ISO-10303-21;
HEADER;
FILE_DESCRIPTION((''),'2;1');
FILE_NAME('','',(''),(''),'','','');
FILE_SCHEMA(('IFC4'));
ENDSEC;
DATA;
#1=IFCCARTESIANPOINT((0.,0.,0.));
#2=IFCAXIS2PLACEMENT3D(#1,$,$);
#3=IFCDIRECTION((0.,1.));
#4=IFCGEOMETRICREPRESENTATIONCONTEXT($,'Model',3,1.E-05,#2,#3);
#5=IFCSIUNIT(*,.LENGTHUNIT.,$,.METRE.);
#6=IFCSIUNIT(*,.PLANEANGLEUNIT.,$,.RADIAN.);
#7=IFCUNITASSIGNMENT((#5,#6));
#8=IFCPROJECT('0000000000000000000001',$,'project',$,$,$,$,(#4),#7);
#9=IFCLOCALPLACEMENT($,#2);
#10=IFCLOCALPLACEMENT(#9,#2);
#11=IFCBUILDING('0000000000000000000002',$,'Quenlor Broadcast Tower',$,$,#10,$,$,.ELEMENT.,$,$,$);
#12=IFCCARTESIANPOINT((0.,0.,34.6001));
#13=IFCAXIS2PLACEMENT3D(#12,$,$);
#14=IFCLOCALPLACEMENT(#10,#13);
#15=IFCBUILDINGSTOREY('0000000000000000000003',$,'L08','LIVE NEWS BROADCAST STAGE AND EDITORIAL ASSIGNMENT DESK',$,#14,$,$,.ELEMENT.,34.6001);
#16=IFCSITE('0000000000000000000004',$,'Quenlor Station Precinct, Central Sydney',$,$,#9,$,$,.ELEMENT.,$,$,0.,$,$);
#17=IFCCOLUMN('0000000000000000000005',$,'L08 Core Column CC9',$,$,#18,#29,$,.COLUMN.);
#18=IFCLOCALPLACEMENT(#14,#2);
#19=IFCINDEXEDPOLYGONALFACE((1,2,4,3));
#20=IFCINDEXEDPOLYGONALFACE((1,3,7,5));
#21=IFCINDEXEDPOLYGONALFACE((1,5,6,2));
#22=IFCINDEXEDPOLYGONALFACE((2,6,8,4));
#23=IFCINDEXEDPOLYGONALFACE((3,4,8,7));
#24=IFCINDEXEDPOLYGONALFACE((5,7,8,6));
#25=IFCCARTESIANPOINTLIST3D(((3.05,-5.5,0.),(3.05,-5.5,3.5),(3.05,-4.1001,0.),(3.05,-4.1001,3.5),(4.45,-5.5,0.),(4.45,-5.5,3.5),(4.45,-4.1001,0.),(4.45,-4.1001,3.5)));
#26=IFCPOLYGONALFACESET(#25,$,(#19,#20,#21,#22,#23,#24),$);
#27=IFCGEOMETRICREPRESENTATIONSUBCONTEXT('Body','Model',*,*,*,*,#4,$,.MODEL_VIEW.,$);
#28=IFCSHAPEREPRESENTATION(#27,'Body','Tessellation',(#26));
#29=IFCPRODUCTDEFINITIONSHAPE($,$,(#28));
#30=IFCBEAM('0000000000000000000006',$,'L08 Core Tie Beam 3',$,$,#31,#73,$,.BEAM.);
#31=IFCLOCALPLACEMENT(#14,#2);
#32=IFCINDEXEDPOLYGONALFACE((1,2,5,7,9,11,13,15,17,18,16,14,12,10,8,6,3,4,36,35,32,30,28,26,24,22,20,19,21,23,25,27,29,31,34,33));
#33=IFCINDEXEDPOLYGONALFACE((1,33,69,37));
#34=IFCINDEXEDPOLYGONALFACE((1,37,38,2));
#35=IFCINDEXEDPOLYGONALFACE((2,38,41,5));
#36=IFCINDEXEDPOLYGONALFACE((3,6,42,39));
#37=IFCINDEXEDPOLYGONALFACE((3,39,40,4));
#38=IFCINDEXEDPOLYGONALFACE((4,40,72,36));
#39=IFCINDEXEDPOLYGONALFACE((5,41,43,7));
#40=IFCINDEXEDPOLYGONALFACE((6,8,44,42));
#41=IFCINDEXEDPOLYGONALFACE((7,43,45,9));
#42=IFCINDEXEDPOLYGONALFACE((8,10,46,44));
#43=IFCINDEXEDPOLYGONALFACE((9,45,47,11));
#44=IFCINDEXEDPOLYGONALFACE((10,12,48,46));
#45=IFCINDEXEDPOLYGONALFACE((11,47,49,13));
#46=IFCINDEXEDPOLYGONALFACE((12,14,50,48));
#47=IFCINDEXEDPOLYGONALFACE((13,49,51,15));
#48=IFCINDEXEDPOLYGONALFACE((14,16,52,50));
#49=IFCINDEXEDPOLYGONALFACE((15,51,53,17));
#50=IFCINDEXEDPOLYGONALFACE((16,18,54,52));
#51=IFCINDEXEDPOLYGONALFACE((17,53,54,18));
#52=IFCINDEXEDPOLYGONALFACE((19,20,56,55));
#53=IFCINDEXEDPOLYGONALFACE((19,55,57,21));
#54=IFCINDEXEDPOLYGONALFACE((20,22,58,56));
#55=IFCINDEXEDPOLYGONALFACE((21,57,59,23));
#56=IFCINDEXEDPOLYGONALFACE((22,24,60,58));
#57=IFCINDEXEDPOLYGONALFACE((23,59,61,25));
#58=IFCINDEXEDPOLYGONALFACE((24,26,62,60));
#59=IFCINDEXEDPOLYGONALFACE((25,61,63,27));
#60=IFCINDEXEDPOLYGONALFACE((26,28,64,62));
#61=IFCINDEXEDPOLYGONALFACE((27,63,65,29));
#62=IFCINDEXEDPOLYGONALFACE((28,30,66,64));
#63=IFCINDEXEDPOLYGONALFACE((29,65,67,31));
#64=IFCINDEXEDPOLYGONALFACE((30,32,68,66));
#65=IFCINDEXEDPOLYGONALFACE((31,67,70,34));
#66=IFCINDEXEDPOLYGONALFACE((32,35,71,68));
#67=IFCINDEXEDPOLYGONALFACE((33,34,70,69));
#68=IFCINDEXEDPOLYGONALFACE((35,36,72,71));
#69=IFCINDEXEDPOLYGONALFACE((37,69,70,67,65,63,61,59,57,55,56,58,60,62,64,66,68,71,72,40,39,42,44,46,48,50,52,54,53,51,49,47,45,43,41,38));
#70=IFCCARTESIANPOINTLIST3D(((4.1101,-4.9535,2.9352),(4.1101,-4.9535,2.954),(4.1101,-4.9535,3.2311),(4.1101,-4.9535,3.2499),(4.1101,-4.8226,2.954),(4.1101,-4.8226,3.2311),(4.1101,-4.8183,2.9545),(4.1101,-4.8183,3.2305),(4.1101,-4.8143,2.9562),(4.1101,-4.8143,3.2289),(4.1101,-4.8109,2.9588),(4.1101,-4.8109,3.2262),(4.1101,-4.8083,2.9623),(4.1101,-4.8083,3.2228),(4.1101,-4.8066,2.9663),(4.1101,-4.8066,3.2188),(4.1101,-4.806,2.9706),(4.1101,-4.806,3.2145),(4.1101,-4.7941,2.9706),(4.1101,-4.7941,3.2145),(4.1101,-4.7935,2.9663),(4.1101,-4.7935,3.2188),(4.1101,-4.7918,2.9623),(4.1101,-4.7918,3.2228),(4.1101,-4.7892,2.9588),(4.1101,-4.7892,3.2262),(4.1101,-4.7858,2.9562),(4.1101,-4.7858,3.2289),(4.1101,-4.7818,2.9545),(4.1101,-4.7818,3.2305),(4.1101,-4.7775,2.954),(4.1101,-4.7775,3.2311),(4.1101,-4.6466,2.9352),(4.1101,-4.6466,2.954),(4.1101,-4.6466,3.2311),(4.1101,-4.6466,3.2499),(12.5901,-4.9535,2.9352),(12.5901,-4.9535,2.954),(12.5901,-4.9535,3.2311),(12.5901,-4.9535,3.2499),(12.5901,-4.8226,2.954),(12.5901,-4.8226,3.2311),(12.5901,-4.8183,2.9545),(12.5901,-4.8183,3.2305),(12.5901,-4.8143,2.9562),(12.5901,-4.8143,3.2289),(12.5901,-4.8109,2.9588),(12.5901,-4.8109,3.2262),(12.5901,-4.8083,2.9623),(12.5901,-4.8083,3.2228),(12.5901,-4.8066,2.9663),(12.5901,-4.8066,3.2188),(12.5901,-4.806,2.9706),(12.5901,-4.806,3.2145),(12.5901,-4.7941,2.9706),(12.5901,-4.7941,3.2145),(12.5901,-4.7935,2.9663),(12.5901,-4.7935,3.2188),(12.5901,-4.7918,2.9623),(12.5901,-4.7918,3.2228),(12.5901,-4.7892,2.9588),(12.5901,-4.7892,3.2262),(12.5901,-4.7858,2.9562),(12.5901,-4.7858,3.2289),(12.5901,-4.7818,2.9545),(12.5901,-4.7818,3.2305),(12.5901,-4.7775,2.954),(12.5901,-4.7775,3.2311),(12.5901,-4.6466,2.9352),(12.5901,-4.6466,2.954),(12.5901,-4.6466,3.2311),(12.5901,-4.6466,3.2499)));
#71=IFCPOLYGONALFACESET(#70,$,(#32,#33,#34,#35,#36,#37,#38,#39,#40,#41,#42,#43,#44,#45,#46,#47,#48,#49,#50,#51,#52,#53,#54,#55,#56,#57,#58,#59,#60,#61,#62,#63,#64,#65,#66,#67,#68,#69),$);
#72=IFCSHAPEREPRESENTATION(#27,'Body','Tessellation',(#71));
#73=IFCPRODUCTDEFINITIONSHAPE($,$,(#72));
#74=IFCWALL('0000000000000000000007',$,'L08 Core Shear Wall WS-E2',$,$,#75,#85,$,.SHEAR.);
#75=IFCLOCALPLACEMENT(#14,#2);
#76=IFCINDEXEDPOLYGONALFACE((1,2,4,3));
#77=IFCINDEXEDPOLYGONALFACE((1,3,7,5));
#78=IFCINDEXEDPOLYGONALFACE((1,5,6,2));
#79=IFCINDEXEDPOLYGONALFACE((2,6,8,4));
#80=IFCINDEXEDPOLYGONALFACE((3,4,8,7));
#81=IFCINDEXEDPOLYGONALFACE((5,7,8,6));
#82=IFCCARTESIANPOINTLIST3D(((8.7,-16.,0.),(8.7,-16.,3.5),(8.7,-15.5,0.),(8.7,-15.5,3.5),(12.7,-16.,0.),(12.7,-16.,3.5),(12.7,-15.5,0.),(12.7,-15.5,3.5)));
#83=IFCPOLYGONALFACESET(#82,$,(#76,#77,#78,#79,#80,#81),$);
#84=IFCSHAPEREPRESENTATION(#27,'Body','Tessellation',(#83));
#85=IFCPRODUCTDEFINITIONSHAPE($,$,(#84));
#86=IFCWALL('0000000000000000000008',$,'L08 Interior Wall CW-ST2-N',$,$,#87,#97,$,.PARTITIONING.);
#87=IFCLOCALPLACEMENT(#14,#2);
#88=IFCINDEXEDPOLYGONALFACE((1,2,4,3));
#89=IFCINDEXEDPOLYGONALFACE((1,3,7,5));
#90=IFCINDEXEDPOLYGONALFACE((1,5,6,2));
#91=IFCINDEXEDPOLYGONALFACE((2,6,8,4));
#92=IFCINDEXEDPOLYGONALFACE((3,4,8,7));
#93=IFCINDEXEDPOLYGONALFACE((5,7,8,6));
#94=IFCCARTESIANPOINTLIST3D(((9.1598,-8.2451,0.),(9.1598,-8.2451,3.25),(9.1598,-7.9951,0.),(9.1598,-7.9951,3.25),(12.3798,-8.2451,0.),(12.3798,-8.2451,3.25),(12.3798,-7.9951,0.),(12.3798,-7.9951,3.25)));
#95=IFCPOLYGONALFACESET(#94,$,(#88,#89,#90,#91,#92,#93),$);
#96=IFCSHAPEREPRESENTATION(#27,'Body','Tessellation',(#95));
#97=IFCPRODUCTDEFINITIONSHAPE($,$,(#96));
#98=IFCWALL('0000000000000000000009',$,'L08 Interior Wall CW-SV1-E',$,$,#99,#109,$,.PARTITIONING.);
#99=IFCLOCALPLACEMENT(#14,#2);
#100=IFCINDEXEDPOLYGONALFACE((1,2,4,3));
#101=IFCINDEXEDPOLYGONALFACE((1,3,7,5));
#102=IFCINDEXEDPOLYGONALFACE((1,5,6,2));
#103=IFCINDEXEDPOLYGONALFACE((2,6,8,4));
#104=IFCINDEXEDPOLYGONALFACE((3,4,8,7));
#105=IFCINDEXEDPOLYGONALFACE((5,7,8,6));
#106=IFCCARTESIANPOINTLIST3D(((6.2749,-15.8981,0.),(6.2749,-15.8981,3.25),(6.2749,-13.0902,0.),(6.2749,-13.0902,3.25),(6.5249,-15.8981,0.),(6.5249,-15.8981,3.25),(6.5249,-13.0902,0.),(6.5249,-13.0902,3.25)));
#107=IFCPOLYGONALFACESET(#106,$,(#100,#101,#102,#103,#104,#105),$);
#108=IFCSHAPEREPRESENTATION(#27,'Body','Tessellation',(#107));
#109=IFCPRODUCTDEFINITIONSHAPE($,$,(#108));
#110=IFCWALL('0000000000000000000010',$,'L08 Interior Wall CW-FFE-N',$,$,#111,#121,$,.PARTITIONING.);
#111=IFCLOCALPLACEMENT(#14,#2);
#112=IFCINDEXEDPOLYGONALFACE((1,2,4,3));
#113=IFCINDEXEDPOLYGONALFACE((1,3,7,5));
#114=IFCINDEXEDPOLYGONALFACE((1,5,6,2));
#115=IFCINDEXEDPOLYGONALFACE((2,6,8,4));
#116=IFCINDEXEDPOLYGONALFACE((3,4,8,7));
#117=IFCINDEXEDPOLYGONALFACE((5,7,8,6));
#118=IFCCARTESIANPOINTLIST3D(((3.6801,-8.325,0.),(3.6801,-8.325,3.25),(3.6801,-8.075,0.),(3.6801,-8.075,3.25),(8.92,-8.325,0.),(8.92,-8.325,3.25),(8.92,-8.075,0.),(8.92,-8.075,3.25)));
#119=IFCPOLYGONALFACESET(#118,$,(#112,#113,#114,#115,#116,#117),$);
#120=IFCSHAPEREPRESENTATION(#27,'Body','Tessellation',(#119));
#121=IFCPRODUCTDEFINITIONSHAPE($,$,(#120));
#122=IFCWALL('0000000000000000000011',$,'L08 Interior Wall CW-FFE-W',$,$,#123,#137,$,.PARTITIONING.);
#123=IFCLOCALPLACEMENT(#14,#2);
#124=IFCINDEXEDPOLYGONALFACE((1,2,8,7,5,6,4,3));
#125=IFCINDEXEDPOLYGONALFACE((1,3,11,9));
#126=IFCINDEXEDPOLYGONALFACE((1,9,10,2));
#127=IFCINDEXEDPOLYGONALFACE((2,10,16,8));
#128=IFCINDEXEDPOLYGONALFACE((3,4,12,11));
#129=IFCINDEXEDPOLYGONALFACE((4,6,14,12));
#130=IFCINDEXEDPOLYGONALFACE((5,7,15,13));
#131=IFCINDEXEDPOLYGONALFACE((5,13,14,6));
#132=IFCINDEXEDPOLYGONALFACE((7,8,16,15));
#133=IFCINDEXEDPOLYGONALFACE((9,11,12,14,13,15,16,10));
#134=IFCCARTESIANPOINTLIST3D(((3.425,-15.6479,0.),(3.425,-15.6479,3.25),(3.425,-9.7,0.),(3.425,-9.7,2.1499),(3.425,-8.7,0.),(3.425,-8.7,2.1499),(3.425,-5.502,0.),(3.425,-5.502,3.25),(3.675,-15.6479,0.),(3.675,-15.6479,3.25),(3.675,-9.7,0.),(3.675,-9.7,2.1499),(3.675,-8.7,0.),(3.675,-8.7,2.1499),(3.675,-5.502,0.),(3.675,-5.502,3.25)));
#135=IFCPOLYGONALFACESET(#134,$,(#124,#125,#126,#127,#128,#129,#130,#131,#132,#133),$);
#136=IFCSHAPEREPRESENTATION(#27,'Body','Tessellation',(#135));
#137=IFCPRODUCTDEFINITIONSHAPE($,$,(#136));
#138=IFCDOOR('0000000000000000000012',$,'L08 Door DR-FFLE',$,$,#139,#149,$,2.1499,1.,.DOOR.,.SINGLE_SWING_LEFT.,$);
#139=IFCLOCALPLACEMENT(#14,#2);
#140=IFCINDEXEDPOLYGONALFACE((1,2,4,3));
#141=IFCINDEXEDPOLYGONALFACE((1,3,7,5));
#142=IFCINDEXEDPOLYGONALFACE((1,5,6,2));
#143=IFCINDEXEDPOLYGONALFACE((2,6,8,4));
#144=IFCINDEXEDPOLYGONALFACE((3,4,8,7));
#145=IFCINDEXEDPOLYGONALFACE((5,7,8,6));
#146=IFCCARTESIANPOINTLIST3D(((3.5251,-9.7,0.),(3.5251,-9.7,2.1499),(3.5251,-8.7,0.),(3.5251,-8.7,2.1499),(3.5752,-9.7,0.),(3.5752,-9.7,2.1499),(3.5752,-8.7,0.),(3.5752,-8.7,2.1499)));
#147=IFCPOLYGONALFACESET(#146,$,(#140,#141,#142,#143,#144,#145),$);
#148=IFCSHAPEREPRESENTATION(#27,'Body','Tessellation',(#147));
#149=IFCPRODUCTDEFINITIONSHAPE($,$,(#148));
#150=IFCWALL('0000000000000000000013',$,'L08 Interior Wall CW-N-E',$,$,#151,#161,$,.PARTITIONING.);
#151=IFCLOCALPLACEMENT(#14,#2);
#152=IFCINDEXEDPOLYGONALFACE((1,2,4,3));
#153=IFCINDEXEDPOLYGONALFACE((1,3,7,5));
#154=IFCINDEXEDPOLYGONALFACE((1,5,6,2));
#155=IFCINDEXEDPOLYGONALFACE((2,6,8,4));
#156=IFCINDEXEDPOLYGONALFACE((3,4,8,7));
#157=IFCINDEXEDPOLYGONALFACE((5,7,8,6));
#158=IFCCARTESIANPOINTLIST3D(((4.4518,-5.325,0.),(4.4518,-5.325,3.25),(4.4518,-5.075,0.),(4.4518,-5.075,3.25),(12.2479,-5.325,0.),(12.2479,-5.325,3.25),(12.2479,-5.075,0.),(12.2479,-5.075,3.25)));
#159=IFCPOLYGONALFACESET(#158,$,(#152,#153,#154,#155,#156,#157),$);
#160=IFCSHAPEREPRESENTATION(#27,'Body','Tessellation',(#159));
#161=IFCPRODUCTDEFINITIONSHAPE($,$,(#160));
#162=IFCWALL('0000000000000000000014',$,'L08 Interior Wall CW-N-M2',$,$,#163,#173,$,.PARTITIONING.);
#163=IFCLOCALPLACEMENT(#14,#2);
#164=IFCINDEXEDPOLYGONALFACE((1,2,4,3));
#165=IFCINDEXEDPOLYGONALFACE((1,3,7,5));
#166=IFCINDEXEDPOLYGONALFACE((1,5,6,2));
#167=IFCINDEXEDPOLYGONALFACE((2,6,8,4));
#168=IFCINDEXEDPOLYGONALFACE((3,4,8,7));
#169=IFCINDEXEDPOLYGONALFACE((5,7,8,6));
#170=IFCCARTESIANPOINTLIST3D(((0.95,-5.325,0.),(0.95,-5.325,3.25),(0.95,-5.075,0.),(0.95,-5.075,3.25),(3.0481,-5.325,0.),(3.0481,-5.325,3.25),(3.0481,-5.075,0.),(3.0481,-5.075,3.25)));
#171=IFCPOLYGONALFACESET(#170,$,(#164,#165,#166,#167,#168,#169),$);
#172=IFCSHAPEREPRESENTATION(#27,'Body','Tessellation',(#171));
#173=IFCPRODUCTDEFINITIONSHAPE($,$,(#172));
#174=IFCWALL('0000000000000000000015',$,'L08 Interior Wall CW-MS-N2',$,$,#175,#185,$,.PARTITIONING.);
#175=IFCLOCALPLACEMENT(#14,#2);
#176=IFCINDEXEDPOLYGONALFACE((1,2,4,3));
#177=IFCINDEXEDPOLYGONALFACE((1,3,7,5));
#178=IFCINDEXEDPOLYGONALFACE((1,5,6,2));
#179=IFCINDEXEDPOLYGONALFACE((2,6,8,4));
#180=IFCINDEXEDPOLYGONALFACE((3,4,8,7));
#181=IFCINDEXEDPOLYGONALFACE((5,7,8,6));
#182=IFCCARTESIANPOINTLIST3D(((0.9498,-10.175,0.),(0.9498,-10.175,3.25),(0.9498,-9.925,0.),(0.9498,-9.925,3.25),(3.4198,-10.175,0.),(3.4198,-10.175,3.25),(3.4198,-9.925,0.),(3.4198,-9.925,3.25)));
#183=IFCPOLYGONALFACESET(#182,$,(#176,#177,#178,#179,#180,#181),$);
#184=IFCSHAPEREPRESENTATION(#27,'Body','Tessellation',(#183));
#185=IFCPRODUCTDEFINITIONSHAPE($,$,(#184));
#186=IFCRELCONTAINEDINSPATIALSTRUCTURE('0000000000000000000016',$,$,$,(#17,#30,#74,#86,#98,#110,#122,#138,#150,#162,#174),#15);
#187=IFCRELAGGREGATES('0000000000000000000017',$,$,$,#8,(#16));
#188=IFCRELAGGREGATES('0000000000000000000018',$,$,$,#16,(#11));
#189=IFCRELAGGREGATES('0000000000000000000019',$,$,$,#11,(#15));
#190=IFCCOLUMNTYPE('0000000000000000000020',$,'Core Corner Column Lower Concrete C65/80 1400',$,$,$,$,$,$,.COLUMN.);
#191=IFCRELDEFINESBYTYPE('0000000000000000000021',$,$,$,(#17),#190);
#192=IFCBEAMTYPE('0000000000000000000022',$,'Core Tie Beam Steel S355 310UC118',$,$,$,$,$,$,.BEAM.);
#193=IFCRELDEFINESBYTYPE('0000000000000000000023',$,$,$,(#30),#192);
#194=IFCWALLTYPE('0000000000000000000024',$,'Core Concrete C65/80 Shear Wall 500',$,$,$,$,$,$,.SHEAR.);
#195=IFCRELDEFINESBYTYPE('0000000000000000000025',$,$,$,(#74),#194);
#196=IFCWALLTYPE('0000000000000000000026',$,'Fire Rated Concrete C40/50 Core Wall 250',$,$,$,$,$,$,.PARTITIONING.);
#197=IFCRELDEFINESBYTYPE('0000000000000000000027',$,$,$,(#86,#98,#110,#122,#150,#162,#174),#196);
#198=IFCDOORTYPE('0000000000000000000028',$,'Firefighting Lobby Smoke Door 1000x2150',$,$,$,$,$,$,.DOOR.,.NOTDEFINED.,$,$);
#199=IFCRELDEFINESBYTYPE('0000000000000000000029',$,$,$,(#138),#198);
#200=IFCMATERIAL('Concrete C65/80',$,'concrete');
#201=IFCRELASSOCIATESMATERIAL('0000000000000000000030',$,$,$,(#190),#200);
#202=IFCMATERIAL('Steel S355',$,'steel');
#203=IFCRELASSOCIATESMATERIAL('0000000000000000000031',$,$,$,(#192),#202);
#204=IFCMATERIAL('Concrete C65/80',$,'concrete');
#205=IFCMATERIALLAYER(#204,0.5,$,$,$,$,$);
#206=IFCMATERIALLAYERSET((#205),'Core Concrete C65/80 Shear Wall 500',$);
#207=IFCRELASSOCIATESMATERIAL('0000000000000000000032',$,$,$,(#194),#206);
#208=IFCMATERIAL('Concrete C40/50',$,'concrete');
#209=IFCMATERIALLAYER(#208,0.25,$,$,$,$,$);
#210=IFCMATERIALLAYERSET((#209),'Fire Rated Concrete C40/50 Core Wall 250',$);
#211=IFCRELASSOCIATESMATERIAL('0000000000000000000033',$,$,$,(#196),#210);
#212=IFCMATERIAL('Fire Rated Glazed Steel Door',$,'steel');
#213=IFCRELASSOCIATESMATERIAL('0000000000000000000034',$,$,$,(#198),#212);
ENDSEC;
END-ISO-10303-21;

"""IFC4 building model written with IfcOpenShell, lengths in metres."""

from ifc_helpers import new_model, si_unit, direction, frame, frame_2d, origin, origin_2d, place, context, subcontext, project, spatial, rectangle, i_section, extrude, material, layer, layer_set, material_profile, profile_set, type_object, element, fill, save


model = new_model("IFC4")

# Units and contexts
model_context = context("Model", 3, precision=1e-05, world=origin(), true_north=direction((0.0, 1.0)))
body_context = subcontext(model_context, "Body", "Model", "MODEL_VIEW")
ifc_project = project(units=[si_unit("LENGTHUNIT", "METRE"), si_unit("PLANEANGLEUNIT", "RADIAN")], contexts=[model_context])

# Site, building, storey
site_placement = place(None, origin())
site = spatial("IfcSite", under=ifc_project, at=site_placement, Name="Quenlor Station Precinct, Central Sydney", CompositionType="ELEMENT", RefElevation=0.0)
building_placement = place(site_placement, origin())
building = spatial("IfcBuilding", under=site, at=building_placement, Name="Quenlor Broadcast Tower", CompositionType="ELEMENT")
storey_placement = place(building_placement, frame((0.0, 0.0, 34.6001)))
storey = spatial("IfcBuildingStorey", under=building, at=storey_placement, Name="L08", Description="LIVE NEWS BROADCAST STAGE AND EDITORIAL ASSIGNMENT DESK", CompositionType="ELEMENT", Elevation=34.6001)

# Column
ifc_material_1 = material(Name="Concrete C65/80", Category="concrete")
ifc_material_profile_1 = material_profile(ifc_material_1, rectangle(XDim=1.3999, YDim=1.3999, at=origin_2d()))
ifc_profile_set_1 = profile_set([ifc_material_profile_1], Name="Concrete C65/80 RC1400x1400")
column_type = type_object("IfcColumnType", Name="Core Corner Column Lower Concrete C65/80 1400", PredefinedType="COLUMN", material=ifc_profile_set_1)
column_placement = place(storey_placement, frame((3.75, -4.8, 0.0), z_axis=(0.0, 0.0, 1.0), x_axis=(1.0, 0.0, 0.0)))
element("IfcColumn", 1, at=column_placement, inside=storey, type_object=column_type, Name="L08 Core Column CC9", PredefinedType="COLUMN", context=body_context, shape_type="SweptSolid", body=[
    extrude(rectangle(XDim=1.3999, YDim=1.3999, at=origin_2d()), origin(), (0.0, 0.0, 1.0), 3.5),
])

# Beam
ifc_material_2 = material(Name="Steel S355", Category="steel")
ifc_material_profile_2 = material_profile(ifc_material_2, i_section(OverallWidth=0.3069, OverallDepth=0.3147, WebThickness=0.012, FlangeThickness=0.0188, FilletRadius=0.0166, at=origin_2d()))
ifc_profile_set_2 = profile_set([ifc_material_profile_2], Name="Steel S355 310UC118")
beam_type = type_object("IfcBeamType", Name="Core Tie Beam Steel S355 310UC118", PredefinedType="BEAM", material=ifc_profile_set_2)
beam_placement = place(storey_placement, frame((4.1101, -4.8, 3.0925), z_axis=(1.0, 0.0, 0.0), x_axis=(0.0, 1.0, 0.0)))
element("IfcBeam", 2, at=beam_placement, inside=storey, type_object=beam_type, Name="L08 Core Tie Beam 3", PredefinedType="BEAM", context=body_context, shape_type="SweptSolid", body=[
    extrude(i_section(OverallWidth=0.3069, OverallDepth=0.3147, WebThickness=0.012, FlangeThickness=0.0188, FilletRadius=0.0166, at=origin_2d()), origin(), (0.0, 0.0, 1.0), 8.48),
])

# Wall
ifc_material_3 = material(Name="Concrete C65/80", Category="concrete")
ifc_layer_1 = layer(ifc_material_3, 0.5)
ifc_layer_set_1 = layer_set([ifc_layer_1], Name="Core Concrete C65/80 Shear Wall 500")
wall_type_1 = type_object("IfcWallType", Name="Core Concrete C65/80 Shear Wall 500", PredefinedType="SHEAR", material=ifc_layer_set_1)
wall_1_placement = place(storey_placement, frame((8.7, -15.75, 0.0), z_axis=(0.0, 0.0, 1.0), x_axis=(1.0, 0.0, 0.0)))
element("IfcWall", 3, at=wall_1_placement, inside=storey, type_object=wall_type_1, Name="L08 Core Shear Wall WS-E2", PredefinedType="SHEAR", context=body_context, shape_type="SweptSolid", body=[
    extrude(rectangle(XDim=4.0, YDim=0.5, at=frame_2d((2.0, 0.0))), origin(), (0.0, 0.0, 1.0), 3.5),
])

# Shared definitions
ifc_material_4 = material(Name="Concrete C40/50", Category="concrete")
ifc_layer_2 = layer(ifc_material_4, 0.25)
ifc_layer_set_2 = layer_set([ifc_layer_2], Name="Fire Rated Concrete C40/50 Core Wall 250")
wall_type_2 = type_object("IfcWallType", Name="Fire Rated Concrete C40/50 Core Wall 250", PredefinedType="PARTITIONING", material=ifc_layer_set_2)

# Wall
wall_2_placement = place(storey_placement, frame((9.1599, -8.1201, 0.0), z_axis=(0.0, 0.0, 1.0), x_axis=(1.0, 0.0, 0.0)))
element("IfcWall", 4, at=wall_2_placement, inside=storey, type_object=wall_type_2, Name="L08 Interior Wall CW-ST2-N", PredefinedType="PARTITIONING", context=body_context, shape_type="SweptSolid", body=[
    extrude(rectangle(XDim=3.22, YDim=0.25, at=frame_2d((1.6099, 0.0))), origin(), (0.0, 0.0, 1.0), 3.25),
])

# Walls
wall_3_placement = place(storey_placement, frame((6.3999, -15.8979, 0.0), z_axis=(0.0, 0.0, 1.0), x_axis=(0.0, 1.0, 0.0)))
element("IfcWall", 5, at=wall_3_placement, inside=storey, type_object=wall_type_2, Name="L08 Interior Wall CW-SV1-E", PredefinedType="PARTITIONING", context=body_context, shape_type="SweptSolid", body=[
    extrude(rectangle(XDim=2.8079, YDim=0.25, at=frame_2d((1.4038, 0.0))), origin(), (0.0, 0.0, 1.0), 3.25),
])
wall_4_placement = place(storey_placement, frame((3.6799, -8.2, 0.0), z_axis=(0.0, 0.0, 1.0), x_axis=(1.0, 0.0, 0.0)))
element("IfcWall", 6, at=wall_4_placement, inside=storey, type_object=wall_type_2, Name="L08 Interior Wall CW-FFE-N", PredefinedType="PARTITIONING", context=body_context, shape_type="SweptSolid", body=[
    extrude(rectangle(XDim=5.24, YDim=0.25, at=frame_2d((2.6201, 0.0))), origin(), (0.0, 0.0, 1.0), 3.25),
])

# Wall, opening, door
wall_5_placement = place(storey_placement, frame((3.55, -15.6479, 0.0), z_axis=(0.0, 0.0, 1.0), x_axis=(0.0, 1.0, 0.0)))
wall_5 = element("IfcWall", 7, at=wall_5_placement, inside=storey, type_object=wall_type_2, Name="L08 Interior Wall CW-FFE-W", PredefinedType="PARTITIONING", context=body_context, shape_type="SweptSolid", body=[
    extrude(rectangle(XDim=10.146, YDim=0.25, at=frame_2d((5.073, 0.0))), origin(), (0.0, 0.0, 1.0), 3.25),
])
opening_1_placement = place(wall_5_placement, frame((5.948, 0.0, 0.0)))
opening_1 = element("IfcOpeningElement", 8, at=opening_1_placement, cuts=wall_5, PredefinedType="OPENING", context=body_context, shape_type="SweptSolid", body=[
    extrude(rectangle(XDim=1.0, YDim=2.1499, at=frame_2d((0.5, 1.075))), frame((0.0, 0.135, 0.0), z_axis=(0.0, -1.0, 0.0), x_axis=(1.0, 0.0, 0.0)), (0.0, 0.0, 1.0), 0.27),
])
ifc_material_5 = material(Name="Fire Rated Glazed Steel Door", Category="steel")
door_type_1 = type_object("IfcDoorType", Name="Firefighting Lobby Smoke Door 1000x2150", OperationType="NOTDEFINED", PredefinedType="DOOR", material=ifc_material_5)
door_1_placement = place(opening_1_placement, origin())
door_1 = element("IfcDoor", 9, at=door_1_placement, inside=storey, type_object=door_type_1, Name="L08 Door DR-FFLE", OperationType="SINGLE_SWING_LEFT", OverallHeight=2.1499, OverallWidth=1.0, PredefinedType="DOOR", context=body_context, shape_type="SweptSolid", body=[
    extrude(rectangle(XDim=1.0, YDim=2.1499, at=frame_2d((0.5, 1.075))), frame((0.0, 0.0249, 0.0), z_axis=(0.0, -1.0, 0.0), x_axis=(1.0, 0.0, 0.0)), (0.0, 0.0, 1.0), 0.05),
])
fill(opening_1, door_1)

# Walls
wall_6_placement = place(storey_placement, frame((4.4519, -5.2, 0.0), z_axis=(0.0, 0.0, 1.0), x_axis=(1.0, 0.0, 0.0)))
element("IfcWall", 10, at=wall_6_placement, inside=storey, type_object=wall_type_2, Name="L08 Interior Wall CW-N-E", PredefinedType="PARTITIONING", context=body_context, shape_type="SweptSolid", body=[
    extrude(rectangle(XDim=7.7961, YDim=0.25, at=frame_2d((3.8979, 0.0))), origin(), (0.0, 0.0, 1.0), 3.25),
])
wall_7_placement = place(storey_placement, frame((0.95, -5.2, 0.0), z_axis=(0.0, 0.0, 1.0), x_axis=(1.0, 0.0, 0.0)))
element("IfcWall", 11, at=wall_7_placement, inside=storey, type_object=wall_type_2, Name="L08 Interior Wall CW-N-M2", PredefinedType="PARTITIONING", context=body_context, shape_type="SweptSolid", body=[
    extrude(rectangle(XDim=2.0981, YDim=0.25, at=frame_2d((1.0491, 0.0))), origin(), (0.0, 0.0, 1.0), 3.25),
])
wall_8_placement = place(storey_placement, frame((0.95, -10.05, 0.0), z_axis=(0.0, 0.0, 1.0), x_axis=(1.0, 0.0, 0.0)))
element("IfcWall", 12, at=wall_8_placement, inside=storey, type_object=wall_type_2, Name="L08 Interior Wall CW-MS-N2", PredefinedType="PARTITIONING", context=body_context, shape_type="SweptSolid", body=[
    extrude(rectangle(XDim=2.47, YDim=0.25, at=frame_2d((1.2349, 0.0))), origin(), (0.0, 0.0, 1.0), 3.25),
])

save(model, "model.ifc")
